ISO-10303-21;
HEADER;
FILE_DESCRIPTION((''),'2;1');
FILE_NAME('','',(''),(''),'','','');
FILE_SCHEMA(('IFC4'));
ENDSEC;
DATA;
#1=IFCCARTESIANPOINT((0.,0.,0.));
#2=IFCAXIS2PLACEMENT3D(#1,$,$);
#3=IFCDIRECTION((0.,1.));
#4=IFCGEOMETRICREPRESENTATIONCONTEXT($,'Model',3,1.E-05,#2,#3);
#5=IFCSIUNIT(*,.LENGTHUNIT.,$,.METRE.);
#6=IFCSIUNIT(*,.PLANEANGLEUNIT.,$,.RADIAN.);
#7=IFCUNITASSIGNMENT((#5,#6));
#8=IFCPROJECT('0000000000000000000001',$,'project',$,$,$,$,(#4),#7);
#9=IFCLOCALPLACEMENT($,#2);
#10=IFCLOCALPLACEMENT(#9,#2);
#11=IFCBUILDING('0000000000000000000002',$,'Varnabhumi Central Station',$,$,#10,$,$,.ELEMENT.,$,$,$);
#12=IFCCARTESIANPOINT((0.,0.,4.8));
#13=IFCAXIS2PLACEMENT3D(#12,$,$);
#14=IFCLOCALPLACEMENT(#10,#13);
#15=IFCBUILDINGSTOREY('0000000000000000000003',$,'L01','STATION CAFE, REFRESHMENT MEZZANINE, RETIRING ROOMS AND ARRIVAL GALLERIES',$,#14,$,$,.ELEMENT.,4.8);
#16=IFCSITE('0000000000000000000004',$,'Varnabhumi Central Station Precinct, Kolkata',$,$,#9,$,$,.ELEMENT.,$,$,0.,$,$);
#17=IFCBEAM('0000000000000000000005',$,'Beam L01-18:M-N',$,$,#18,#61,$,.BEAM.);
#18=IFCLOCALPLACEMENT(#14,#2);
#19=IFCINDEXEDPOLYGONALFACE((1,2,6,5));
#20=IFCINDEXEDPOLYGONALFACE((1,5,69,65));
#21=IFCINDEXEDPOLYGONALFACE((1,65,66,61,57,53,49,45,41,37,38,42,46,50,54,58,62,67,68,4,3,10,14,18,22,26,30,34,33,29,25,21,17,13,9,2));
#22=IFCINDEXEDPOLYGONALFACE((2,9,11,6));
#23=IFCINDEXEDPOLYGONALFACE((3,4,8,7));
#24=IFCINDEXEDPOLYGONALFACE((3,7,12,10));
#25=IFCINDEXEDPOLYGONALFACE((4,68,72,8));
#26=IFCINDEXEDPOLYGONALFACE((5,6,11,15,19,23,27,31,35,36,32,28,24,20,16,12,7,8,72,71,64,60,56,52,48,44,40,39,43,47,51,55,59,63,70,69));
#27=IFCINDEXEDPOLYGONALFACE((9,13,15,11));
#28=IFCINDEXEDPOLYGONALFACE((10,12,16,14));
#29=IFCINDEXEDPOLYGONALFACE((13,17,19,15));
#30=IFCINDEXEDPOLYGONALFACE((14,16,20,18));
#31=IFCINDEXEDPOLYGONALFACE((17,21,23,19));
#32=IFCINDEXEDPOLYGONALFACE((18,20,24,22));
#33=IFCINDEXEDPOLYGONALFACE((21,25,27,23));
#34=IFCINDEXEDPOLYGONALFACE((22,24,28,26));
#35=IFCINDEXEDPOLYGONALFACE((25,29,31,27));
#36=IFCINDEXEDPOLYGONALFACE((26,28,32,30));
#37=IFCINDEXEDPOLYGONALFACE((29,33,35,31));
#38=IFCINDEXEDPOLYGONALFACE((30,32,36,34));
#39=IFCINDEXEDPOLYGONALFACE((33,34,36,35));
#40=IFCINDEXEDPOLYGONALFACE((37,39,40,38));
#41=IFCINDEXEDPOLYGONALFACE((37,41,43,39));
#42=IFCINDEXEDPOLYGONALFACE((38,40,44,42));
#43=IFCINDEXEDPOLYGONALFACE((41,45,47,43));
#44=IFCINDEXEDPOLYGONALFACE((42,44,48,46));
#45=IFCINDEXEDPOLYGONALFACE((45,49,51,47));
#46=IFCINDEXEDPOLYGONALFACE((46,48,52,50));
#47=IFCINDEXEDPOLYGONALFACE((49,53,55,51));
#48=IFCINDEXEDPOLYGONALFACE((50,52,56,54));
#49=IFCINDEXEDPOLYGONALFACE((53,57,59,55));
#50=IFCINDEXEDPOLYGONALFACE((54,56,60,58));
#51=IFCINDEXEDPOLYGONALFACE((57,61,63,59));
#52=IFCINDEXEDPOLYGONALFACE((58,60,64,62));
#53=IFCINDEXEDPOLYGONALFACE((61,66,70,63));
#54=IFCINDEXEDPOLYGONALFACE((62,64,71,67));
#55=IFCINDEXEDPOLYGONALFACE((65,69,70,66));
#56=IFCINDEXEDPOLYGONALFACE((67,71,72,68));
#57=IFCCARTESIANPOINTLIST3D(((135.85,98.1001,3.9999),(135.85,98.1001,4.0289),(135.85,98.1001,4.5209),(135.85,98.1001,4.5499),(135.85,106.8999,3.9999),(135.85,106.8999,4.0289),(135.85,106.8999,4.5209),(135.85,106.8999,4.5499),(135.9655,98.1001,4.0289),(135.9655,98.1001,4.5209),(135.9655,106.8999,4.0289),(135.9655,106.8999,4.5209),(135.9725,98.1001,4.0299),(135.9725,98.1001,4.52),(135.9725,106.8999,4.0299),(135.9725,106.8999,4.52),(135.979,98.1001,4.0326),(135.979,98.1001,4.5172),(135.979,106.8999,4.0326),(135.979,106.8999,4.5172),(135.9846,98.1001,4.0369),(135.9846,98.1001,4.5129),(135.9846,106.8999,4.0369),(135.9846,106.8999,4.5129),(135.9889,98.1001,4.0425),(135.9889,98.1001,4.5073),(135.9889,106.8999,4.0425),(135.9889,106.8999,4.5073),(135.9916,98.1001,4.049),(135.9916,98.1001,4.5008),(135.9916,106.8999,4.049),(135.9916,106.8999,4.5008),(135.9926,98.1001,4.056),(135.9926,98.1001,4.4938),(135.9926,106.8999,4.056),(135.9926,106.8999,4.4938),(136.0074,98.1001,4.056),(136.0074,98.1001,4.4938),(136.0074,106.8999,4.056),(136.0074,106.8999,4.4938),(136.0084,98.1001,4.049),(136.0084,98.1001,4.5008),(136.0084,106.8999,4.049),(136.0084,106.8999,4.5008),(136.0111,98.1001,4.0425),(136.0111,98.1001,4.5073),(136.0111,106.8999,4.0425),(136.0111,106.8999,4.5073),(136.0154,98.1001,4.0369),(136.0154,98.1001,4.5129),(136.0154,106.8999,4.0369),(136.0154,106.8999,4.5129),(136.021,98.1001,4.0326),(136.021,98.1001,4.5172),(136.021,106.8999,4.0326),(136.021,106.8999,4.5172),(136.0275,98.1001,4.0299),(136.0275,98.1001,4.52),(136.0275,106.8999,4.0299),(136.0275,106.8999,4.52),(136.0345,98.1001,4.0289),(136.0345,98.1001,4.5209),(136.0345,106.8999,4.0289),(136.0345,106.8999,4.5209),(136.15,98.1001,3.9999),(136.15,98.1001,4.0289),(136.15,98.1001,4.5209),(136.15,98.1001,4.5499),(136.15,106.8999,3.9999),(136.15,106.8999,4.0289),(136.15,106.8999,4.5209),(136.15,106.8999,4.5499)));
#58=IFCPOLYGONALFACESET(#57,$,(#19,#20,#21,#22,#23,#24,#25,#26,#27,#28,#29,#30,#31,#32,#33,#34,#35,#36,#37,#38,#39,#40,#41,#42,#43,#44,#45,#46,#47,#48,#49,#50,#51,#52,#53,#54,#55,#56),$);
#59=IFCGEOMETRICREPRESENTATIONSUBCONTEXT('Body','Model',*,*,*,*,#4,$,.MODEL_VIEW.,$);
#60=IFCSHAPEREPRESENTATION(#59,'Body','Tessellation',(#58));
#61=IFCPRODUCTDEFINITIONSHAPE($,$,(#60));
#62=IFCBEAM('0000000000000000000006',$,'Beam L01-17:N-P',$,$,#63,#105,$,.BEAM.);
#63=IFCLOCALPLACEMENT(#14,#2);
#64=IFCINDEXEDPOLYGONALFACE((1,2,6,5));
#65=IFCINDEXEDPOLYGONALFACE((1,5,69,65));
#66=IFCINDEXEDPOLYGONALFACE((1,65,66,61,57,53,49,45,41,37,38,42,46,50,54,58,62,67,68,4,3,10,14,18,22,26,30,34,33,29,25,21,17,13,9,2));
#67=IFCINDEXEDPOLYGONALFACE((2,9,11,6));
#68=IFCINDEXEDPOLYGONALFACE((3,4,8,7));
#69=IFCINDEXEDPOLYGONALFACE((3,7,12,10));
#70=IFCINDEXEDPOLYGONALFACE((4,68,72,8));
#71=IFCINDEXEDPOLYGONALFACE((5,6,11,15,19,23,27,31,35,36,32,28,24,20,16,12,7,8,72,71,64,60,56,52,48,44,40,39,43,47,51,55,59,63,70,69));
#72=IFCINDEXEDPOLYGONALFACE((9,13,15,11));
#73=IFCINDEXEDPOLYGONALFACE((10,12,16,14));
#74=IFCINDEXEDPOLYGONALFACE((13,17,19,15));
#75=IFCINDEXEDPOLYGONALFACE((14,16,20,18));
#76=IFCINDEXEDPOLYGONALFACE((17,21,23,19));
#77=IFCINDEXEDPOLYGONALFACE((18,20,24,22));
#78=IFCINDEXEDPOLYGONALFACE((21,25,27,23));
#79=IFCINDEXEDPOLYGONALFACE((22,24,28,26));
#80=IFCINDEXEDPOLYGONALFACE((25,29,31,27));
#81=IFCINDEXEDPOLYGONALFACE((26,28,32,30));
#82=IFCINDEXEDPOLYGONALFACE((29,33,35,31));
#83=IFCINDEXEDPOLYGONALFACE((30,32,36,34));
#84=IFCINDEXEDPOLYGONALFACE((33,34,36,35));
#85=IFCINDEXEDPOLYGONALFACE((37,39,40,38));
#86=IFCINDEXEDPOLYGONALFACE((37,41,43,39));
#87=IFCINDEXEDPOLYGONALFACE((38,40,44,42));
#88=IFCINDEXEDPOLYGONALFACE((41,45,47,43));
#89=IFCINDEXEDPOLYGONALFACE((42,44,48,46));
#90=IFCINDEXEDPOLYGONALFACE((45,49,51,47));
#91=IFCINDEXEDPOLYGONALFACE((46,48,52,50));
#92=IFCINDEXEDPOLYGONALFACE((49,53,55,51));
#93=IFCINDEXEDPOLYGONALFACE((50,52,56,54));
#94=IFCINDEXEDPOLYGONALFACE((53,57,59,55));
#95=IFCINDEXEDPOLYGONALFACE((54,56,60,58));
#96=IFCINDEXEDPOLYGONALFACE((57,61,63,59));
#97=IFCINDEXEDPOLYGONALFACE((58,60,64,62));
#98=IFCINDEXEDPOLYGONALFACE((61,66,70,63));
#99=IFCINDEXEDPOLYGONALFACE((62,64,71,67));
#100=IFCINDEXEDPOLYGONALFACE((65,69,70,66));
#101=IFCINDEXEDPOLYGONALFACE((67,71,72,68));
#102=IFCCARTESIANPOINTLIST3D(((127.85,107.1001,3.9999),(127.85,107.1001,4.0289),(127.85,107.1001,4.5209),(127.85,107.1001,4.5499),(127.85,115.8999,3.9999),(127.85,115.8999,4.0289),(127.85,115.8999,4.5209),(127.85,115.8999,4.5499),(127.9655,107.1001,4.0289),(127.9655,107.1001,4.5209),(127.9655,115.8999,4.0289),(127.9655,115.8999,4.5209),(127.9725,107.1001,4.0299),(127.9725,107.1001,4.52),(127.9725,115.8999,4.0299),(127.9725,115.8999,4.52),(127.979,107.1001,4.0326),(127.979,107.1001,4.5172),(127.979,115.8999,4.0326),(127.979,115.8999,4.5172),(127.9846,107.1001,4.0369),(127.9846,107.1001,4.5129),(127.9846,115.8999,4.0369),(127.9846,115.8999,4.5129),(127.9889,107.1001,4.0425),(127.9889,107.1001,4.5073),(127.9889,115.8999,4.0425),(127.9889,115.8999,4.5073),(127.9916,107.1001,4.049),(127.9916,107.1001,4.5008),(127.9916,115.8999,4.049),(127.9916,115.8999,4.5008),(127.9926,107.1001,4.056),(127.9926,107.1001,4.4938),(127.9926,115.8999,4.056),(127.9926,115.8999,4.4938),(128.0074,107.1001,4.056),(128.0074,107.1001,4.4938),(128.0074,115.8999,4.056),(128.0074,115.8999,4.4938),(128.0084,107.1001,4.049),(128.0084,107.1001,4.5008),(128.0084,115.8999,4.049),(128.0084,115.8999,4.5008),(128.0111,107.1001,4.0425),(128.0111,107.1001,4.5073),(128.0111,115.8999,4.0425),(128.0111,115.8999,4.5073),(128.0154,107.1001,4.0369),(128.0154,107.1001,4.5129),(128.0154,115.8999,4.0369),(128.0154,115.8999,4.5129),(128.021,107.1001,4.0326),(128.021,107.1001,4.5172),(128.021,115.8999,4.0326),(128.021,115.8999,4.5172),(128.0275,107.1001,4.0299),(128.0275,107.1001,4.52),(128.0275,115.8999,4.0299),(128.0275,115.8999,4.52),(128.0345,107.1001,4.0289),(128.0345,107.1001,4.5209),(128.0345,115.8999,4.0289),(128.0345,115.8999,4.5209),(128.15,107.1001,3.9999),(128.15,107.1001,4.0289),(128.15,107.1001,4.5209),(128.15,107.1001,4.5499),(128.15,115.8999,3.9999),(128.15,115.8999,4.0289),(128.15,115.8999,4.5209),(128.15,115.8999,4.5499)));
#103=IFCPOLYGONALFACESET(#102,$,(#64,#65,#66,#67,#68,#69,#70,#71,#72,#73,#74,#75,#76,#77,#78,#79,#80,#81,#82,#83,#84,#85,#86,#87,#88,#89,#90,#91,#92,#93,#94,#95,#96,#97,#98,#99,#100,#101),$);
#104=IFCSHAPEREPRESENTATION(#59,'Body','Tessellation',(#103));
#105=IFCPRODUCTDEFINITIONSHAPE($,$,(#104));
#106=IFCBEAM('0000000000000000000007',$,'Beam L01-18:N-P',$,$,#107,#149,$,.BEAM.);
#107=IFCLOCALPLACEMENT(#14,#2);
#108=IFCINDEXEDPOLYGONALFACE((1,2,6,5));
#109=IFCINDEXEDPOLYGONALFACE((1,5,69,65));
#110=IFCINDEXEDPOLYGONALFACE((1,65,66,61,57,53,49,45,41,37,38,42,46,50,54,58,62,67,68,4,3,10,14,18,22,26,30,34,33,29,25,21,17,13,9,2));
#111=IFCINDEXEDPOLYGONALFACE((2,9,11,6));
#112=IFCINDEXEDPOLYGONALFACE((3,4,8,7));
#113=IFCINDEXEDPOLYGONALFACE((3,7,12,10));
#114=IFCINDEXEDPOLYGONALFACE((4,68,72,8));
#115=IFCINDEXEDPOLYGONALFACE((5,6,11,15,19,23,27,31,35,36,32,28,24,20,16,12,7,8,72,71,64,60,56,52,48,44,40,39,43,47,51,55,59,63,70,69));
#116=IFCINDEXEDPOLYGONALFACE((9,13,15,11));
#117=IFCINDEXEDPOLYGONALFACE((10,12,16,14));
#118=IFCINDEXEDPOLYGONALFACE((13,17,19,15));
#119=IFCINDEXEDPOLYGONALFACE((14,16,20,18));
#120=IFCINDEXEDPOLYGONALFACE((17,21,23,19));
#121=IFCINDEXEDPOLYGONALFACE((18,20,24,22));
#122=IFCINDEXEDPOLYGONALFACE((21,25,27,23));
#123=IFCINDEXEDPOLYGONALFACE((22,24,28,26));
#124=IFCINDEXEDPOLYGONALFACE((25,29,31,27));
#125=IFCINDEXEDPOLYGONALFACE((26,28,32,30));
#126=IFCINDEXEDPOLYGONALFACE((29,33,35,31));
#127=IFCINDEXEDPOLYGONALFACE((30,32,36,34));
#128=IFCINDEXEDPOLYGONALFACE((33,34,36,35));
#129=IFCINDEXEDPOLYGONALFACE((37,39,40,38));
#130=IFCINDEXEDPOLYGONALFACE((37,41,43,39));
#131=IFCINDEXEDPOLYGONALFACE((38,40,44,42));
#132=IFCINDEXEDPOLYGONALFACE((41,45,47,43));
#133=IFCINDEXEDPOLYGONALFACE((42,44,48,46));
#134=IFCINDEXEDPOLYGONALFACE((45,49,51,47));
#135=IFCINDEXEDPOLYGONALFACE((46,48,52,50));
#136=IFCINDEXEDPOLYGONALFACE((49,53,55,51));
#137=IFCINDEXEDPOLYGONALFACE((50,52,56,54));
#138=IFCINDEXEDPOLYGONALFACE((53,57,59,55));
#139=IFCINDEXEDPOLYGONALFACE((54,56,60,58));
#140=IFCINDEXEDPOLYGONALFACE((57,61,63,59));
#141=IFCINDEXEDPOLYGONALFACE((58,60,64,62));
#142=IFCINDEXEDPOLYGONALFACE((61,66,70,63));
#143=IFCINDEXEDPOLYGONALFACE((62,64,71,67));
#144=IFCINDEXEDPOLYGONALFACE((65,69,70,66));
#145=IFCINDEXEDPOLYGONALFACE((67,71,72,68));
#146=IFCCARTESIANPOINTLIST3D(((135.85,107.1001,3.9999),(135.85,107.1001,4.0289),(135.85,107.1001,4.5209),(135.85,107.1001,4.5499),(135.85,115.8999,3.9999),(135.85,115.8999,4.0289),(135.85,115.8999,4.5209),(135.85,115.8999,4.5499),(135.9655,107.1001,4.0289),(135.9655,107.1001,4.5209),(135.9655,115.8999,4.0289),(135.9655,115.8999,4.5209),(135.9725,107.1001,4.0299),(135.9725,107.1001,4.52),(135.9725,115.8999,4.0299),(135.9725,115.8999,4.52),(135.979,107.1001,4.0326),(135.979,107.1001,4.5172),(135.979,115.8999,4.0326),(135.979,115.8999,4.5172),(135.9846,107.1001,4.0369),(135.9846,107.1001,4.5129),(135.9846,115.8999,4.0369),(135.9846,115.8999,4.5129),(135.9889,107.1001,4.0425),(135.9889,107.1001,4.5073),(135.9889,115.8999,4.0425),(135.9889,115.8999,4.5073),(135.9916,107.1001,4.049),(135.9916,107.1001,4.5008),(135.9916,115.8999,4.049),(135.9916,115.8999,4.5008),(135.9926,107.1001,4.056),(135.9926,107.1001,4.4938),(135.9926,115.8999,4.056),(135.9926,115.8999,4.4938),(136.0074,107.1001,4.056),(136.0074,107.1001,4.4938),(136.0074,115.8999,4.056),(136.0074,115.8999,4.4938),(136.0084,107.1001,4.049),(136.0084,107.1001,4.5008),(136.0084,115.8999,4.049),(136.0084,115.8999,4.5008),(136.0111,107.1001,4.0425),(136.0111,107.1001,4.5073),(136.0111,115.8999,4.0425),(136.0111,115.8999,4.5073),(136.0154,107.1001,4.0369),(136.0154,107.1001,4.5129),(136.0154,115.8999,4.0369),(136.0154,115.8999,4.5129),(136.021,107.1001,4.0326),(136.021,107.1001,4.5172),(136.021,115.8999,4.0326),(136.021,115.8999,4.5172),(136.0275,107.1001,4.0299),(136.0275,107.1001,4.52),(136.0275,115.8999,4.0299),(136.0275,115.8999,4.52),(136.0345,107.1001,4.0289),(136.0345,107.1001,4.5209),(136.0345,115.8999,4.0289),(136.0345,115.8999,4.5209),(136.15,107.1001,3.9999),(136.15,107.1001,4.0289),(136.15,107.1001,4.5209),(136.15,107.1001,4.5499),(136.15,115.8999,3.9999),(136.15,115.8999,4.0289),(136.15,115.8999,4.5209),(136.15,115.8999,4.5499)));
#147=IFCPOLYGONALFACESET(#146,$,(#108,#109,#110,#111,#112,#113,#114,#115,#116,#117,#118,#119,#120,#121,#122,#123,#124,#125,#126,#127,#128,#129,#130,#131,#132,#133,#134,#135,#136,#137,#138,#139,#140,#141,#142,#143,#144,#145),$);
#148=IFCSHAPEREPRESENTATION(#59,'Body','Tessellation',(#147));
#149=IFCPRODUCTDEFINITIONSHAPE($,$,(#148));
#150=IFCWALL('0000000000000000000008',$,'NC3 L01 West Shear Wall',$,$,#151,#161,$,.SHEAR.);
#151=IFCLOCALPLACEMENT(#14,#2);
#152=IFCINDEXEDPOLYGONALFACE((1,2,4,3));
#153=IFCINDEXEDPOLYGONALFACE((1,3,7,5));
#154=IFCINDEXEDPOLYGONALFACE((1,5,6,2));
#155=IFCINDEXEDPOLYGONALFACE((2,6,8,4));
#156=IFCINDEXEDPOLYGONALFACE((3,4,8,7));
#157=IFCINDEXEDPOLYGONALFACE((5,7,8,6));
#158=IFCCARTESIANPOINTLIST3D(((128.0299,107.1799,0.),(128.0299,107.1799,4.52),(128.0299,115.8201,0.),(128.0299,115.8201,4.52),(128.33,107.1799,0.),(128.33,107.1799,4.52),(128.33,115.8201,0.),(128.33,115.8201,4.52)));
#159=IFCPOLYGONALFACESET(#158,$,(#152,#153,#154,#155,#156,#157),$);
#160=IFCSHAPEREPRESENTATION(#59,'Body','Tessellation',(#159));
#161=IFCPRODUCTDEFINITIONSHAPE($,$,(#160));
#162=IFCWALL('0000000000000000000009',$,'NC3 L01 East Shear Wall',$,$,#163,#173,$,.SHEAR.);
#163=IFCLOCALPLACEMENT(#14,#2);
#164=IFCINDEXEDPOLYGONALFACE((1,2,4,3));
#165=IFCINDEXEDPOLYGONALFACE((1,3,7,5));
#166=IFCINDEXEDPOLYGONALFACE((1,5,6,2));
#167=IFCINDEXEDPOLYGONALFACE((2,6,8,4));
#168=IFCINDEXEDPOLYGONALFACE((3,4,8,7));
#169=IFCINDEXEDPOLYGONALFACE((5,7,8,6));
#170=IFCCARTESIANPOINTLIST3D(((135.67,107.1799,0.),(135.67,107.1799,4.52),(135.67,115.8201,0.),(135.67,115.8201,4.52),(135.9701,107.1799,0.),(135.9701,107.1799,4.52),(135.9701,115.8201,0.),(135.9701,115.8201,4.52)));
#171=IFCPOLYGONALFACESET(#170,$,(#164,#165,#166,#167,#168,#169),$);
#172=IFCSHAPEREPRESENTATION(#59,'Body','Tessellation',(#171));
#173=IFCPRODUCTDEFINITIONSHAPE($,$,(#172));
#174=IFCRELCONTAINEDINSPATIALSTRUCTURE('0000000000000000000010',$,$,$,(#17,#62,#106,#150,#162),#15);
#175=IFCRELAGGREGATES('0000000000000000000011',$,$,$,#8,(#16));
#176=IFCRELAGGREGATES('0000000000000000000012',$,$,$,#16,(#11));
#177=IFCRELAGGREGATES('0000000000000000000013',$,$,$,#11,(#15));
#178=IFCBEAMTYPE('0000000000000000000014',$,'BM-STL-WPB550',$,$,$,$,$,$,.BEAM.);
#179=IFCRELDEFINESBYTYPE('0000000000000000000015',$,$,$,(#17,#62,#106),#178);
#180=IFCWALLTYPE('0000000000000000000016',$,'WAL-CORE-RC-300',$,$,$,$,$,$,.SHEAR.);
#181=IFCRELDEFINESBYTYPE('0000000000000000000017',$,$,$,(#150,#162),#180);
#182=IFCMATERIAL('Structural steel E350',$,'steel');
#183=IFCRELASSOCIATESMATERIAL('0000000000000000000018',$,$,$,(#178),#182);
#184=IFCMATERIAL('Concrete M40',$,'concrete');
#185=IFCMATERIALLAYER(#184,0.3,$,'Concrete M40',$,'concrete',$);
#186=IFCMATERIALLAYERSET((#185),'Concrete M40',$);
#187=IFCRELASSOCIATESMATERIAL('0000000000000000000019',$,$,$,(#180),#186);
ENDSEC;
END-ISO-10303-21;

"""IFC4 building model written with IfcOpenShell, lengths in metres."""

from ifc_helpers import new_model, si_unit, direction, frame, frame_2d, origin, origin_2d, place, context, subcontext, project, spatial, rectangle, i_section, extrude, material, layer, layer_set, material_profile, profile_set, type_object, element, save


model = new_model("IFC4")

# Units and contexts
model_context = context("Model", 3, precision=1e-05, world=origin(), true_north=direction((0.0, 1.0)))
body_context = subcontext(model_context, "Body", "Model", "MODEL_VIEW")
ifc_project = project(units=[si_unit("LENGTHUNIT", "METRE"), si_unit("PLANEANGLEUNIT", "RADIAN")], contexts=[model_context])

# Site, building, storey
site_placement = place(None, origin())
site = spatial("IfcSite", under=ifc_project, at=site_placement, Name="Varnabhumi Central Station Precinct, Kolkata", CompositionType="ELEMENT", RefElevation=0.0)
building_placement = place(site_placement, origin())
building = spatial("IfcBuilding", under=site, at=building_placement, Name="Varnabhumi Central Station", CompositionType="ELEMENT")
storey_placement = place(building_placement, frame((0.0, 0.0, 4.8)))
storey = spatial("IfcBuildingStorey", under=building, at=storey_placement, Name="L01", Description="STATION CAFE, REFRESHMENT MEZZANINE, RETIRING ROOMS AND ARRIVAL GALLERIES", CompositionType="ELEMENT", Elevation=4.8)

# Shared definitions
ifc_material_1 = material(Name="Concrete M40", Category="concrete")

# Beams
ifc_material_2 = material(Name="Structural steel E350", Category="steel")
ifc_material_profile_1 = material_profile(ifc_material_2, i_section(OverallWidth=0.3, OverallDepth=0.55, WebThickness=0.0149, FlangeThickness=0.0291, FilletRadius=0.0271, at=origin_2d()), Name="Structural steel E350", Category="steel")
ifc_profile_set_1 = profile_set([ifc_material_profile_1], Name="Structural steel E350")
beam_type_1 = type_object("IfcBeamType", Name="BM-STL-WPB550", PredefinedType="BEAM", material=ifc_profile_set_1)
for number, where, z_axis, x_axis, name in (
    (1, (136.0, 98.1001, 4.2749), (0.0, 1.0, 0.0), (-1.0, 0.0, 0.0), "Beam L01-18:M-N"),
    (2, (128.0, 107.1001, 4.2749), (0.0, 1.0, 0.0), (-1.0, 0.0, 0.0), "Beam L01-17:N-P"),
    (3, (136.0, 107.1001, 4.2749), (0.0, 1.0, 0.0), (-1.0, 0.0, 0.0), "Beam L01-18:N-P"),
):
    element("IfcBeam", number, at=place(storey_placement, frame(where, z_axis=z_axis, x_axis=x_axis)), inside=storey, type_object=beam_type_1, Name=name, PredefinedType="BEAM", context=body_context, shape_type="SweptSolid", body=[
        extrude(i_section(OverallWidth=0.3, OverallDepth=0.55, WebThickness=0.0149, FlangeThickness=0.0291, FilletRadius=0.0271, at=origin_2d()), origin(), (0.0, 0.0, 1.0), 8.7998),
    ])

# Walls
ifc_layer_1 = layer(ifc_material_1, 0.3, Name="Concrete M40", Category="concrete")
ifc_layer_set_1 = layer_set([ifc_layer_1], Name="Concrete M40")
wall_type_1 = type_object("IfcWallType", Name="WAL-CORE-RC-300", PredefinedType="SHEAR", material=ifc_layer_set_1)
for number, where, z_axis, x_axis, name in (
    (4, (128.1799, 107.1799, 0.0), (0.0, 0.0, 1.0), (0.0, 1.0, 0.0), "NC3 L01 West Shear Wall"),
    (5, (135.8201, 107.1799, 0.0), (0.0, 0.0, 1.0), (0.0, 1.0, 0.0), "NC3 L01 East Shear Wall"),
):
    element("IfcWall", number, at=place(storey_placement, frame(where, z_axis=z_axis, x_axis=x_axis)), inside=storey, type_object=wall_type_1, Name=name, PredefinedType="SHEAR", context=body_context, shape_type="SweptSolid", body=[
        extrude(rectangle(XDim=8.6401, YDim=0.3, at=frame_2d((4.3201, 0.0))), origin(), (0.0, 0.0, 1.0), 4.52),
    ])

save(model, "model.ifc")
